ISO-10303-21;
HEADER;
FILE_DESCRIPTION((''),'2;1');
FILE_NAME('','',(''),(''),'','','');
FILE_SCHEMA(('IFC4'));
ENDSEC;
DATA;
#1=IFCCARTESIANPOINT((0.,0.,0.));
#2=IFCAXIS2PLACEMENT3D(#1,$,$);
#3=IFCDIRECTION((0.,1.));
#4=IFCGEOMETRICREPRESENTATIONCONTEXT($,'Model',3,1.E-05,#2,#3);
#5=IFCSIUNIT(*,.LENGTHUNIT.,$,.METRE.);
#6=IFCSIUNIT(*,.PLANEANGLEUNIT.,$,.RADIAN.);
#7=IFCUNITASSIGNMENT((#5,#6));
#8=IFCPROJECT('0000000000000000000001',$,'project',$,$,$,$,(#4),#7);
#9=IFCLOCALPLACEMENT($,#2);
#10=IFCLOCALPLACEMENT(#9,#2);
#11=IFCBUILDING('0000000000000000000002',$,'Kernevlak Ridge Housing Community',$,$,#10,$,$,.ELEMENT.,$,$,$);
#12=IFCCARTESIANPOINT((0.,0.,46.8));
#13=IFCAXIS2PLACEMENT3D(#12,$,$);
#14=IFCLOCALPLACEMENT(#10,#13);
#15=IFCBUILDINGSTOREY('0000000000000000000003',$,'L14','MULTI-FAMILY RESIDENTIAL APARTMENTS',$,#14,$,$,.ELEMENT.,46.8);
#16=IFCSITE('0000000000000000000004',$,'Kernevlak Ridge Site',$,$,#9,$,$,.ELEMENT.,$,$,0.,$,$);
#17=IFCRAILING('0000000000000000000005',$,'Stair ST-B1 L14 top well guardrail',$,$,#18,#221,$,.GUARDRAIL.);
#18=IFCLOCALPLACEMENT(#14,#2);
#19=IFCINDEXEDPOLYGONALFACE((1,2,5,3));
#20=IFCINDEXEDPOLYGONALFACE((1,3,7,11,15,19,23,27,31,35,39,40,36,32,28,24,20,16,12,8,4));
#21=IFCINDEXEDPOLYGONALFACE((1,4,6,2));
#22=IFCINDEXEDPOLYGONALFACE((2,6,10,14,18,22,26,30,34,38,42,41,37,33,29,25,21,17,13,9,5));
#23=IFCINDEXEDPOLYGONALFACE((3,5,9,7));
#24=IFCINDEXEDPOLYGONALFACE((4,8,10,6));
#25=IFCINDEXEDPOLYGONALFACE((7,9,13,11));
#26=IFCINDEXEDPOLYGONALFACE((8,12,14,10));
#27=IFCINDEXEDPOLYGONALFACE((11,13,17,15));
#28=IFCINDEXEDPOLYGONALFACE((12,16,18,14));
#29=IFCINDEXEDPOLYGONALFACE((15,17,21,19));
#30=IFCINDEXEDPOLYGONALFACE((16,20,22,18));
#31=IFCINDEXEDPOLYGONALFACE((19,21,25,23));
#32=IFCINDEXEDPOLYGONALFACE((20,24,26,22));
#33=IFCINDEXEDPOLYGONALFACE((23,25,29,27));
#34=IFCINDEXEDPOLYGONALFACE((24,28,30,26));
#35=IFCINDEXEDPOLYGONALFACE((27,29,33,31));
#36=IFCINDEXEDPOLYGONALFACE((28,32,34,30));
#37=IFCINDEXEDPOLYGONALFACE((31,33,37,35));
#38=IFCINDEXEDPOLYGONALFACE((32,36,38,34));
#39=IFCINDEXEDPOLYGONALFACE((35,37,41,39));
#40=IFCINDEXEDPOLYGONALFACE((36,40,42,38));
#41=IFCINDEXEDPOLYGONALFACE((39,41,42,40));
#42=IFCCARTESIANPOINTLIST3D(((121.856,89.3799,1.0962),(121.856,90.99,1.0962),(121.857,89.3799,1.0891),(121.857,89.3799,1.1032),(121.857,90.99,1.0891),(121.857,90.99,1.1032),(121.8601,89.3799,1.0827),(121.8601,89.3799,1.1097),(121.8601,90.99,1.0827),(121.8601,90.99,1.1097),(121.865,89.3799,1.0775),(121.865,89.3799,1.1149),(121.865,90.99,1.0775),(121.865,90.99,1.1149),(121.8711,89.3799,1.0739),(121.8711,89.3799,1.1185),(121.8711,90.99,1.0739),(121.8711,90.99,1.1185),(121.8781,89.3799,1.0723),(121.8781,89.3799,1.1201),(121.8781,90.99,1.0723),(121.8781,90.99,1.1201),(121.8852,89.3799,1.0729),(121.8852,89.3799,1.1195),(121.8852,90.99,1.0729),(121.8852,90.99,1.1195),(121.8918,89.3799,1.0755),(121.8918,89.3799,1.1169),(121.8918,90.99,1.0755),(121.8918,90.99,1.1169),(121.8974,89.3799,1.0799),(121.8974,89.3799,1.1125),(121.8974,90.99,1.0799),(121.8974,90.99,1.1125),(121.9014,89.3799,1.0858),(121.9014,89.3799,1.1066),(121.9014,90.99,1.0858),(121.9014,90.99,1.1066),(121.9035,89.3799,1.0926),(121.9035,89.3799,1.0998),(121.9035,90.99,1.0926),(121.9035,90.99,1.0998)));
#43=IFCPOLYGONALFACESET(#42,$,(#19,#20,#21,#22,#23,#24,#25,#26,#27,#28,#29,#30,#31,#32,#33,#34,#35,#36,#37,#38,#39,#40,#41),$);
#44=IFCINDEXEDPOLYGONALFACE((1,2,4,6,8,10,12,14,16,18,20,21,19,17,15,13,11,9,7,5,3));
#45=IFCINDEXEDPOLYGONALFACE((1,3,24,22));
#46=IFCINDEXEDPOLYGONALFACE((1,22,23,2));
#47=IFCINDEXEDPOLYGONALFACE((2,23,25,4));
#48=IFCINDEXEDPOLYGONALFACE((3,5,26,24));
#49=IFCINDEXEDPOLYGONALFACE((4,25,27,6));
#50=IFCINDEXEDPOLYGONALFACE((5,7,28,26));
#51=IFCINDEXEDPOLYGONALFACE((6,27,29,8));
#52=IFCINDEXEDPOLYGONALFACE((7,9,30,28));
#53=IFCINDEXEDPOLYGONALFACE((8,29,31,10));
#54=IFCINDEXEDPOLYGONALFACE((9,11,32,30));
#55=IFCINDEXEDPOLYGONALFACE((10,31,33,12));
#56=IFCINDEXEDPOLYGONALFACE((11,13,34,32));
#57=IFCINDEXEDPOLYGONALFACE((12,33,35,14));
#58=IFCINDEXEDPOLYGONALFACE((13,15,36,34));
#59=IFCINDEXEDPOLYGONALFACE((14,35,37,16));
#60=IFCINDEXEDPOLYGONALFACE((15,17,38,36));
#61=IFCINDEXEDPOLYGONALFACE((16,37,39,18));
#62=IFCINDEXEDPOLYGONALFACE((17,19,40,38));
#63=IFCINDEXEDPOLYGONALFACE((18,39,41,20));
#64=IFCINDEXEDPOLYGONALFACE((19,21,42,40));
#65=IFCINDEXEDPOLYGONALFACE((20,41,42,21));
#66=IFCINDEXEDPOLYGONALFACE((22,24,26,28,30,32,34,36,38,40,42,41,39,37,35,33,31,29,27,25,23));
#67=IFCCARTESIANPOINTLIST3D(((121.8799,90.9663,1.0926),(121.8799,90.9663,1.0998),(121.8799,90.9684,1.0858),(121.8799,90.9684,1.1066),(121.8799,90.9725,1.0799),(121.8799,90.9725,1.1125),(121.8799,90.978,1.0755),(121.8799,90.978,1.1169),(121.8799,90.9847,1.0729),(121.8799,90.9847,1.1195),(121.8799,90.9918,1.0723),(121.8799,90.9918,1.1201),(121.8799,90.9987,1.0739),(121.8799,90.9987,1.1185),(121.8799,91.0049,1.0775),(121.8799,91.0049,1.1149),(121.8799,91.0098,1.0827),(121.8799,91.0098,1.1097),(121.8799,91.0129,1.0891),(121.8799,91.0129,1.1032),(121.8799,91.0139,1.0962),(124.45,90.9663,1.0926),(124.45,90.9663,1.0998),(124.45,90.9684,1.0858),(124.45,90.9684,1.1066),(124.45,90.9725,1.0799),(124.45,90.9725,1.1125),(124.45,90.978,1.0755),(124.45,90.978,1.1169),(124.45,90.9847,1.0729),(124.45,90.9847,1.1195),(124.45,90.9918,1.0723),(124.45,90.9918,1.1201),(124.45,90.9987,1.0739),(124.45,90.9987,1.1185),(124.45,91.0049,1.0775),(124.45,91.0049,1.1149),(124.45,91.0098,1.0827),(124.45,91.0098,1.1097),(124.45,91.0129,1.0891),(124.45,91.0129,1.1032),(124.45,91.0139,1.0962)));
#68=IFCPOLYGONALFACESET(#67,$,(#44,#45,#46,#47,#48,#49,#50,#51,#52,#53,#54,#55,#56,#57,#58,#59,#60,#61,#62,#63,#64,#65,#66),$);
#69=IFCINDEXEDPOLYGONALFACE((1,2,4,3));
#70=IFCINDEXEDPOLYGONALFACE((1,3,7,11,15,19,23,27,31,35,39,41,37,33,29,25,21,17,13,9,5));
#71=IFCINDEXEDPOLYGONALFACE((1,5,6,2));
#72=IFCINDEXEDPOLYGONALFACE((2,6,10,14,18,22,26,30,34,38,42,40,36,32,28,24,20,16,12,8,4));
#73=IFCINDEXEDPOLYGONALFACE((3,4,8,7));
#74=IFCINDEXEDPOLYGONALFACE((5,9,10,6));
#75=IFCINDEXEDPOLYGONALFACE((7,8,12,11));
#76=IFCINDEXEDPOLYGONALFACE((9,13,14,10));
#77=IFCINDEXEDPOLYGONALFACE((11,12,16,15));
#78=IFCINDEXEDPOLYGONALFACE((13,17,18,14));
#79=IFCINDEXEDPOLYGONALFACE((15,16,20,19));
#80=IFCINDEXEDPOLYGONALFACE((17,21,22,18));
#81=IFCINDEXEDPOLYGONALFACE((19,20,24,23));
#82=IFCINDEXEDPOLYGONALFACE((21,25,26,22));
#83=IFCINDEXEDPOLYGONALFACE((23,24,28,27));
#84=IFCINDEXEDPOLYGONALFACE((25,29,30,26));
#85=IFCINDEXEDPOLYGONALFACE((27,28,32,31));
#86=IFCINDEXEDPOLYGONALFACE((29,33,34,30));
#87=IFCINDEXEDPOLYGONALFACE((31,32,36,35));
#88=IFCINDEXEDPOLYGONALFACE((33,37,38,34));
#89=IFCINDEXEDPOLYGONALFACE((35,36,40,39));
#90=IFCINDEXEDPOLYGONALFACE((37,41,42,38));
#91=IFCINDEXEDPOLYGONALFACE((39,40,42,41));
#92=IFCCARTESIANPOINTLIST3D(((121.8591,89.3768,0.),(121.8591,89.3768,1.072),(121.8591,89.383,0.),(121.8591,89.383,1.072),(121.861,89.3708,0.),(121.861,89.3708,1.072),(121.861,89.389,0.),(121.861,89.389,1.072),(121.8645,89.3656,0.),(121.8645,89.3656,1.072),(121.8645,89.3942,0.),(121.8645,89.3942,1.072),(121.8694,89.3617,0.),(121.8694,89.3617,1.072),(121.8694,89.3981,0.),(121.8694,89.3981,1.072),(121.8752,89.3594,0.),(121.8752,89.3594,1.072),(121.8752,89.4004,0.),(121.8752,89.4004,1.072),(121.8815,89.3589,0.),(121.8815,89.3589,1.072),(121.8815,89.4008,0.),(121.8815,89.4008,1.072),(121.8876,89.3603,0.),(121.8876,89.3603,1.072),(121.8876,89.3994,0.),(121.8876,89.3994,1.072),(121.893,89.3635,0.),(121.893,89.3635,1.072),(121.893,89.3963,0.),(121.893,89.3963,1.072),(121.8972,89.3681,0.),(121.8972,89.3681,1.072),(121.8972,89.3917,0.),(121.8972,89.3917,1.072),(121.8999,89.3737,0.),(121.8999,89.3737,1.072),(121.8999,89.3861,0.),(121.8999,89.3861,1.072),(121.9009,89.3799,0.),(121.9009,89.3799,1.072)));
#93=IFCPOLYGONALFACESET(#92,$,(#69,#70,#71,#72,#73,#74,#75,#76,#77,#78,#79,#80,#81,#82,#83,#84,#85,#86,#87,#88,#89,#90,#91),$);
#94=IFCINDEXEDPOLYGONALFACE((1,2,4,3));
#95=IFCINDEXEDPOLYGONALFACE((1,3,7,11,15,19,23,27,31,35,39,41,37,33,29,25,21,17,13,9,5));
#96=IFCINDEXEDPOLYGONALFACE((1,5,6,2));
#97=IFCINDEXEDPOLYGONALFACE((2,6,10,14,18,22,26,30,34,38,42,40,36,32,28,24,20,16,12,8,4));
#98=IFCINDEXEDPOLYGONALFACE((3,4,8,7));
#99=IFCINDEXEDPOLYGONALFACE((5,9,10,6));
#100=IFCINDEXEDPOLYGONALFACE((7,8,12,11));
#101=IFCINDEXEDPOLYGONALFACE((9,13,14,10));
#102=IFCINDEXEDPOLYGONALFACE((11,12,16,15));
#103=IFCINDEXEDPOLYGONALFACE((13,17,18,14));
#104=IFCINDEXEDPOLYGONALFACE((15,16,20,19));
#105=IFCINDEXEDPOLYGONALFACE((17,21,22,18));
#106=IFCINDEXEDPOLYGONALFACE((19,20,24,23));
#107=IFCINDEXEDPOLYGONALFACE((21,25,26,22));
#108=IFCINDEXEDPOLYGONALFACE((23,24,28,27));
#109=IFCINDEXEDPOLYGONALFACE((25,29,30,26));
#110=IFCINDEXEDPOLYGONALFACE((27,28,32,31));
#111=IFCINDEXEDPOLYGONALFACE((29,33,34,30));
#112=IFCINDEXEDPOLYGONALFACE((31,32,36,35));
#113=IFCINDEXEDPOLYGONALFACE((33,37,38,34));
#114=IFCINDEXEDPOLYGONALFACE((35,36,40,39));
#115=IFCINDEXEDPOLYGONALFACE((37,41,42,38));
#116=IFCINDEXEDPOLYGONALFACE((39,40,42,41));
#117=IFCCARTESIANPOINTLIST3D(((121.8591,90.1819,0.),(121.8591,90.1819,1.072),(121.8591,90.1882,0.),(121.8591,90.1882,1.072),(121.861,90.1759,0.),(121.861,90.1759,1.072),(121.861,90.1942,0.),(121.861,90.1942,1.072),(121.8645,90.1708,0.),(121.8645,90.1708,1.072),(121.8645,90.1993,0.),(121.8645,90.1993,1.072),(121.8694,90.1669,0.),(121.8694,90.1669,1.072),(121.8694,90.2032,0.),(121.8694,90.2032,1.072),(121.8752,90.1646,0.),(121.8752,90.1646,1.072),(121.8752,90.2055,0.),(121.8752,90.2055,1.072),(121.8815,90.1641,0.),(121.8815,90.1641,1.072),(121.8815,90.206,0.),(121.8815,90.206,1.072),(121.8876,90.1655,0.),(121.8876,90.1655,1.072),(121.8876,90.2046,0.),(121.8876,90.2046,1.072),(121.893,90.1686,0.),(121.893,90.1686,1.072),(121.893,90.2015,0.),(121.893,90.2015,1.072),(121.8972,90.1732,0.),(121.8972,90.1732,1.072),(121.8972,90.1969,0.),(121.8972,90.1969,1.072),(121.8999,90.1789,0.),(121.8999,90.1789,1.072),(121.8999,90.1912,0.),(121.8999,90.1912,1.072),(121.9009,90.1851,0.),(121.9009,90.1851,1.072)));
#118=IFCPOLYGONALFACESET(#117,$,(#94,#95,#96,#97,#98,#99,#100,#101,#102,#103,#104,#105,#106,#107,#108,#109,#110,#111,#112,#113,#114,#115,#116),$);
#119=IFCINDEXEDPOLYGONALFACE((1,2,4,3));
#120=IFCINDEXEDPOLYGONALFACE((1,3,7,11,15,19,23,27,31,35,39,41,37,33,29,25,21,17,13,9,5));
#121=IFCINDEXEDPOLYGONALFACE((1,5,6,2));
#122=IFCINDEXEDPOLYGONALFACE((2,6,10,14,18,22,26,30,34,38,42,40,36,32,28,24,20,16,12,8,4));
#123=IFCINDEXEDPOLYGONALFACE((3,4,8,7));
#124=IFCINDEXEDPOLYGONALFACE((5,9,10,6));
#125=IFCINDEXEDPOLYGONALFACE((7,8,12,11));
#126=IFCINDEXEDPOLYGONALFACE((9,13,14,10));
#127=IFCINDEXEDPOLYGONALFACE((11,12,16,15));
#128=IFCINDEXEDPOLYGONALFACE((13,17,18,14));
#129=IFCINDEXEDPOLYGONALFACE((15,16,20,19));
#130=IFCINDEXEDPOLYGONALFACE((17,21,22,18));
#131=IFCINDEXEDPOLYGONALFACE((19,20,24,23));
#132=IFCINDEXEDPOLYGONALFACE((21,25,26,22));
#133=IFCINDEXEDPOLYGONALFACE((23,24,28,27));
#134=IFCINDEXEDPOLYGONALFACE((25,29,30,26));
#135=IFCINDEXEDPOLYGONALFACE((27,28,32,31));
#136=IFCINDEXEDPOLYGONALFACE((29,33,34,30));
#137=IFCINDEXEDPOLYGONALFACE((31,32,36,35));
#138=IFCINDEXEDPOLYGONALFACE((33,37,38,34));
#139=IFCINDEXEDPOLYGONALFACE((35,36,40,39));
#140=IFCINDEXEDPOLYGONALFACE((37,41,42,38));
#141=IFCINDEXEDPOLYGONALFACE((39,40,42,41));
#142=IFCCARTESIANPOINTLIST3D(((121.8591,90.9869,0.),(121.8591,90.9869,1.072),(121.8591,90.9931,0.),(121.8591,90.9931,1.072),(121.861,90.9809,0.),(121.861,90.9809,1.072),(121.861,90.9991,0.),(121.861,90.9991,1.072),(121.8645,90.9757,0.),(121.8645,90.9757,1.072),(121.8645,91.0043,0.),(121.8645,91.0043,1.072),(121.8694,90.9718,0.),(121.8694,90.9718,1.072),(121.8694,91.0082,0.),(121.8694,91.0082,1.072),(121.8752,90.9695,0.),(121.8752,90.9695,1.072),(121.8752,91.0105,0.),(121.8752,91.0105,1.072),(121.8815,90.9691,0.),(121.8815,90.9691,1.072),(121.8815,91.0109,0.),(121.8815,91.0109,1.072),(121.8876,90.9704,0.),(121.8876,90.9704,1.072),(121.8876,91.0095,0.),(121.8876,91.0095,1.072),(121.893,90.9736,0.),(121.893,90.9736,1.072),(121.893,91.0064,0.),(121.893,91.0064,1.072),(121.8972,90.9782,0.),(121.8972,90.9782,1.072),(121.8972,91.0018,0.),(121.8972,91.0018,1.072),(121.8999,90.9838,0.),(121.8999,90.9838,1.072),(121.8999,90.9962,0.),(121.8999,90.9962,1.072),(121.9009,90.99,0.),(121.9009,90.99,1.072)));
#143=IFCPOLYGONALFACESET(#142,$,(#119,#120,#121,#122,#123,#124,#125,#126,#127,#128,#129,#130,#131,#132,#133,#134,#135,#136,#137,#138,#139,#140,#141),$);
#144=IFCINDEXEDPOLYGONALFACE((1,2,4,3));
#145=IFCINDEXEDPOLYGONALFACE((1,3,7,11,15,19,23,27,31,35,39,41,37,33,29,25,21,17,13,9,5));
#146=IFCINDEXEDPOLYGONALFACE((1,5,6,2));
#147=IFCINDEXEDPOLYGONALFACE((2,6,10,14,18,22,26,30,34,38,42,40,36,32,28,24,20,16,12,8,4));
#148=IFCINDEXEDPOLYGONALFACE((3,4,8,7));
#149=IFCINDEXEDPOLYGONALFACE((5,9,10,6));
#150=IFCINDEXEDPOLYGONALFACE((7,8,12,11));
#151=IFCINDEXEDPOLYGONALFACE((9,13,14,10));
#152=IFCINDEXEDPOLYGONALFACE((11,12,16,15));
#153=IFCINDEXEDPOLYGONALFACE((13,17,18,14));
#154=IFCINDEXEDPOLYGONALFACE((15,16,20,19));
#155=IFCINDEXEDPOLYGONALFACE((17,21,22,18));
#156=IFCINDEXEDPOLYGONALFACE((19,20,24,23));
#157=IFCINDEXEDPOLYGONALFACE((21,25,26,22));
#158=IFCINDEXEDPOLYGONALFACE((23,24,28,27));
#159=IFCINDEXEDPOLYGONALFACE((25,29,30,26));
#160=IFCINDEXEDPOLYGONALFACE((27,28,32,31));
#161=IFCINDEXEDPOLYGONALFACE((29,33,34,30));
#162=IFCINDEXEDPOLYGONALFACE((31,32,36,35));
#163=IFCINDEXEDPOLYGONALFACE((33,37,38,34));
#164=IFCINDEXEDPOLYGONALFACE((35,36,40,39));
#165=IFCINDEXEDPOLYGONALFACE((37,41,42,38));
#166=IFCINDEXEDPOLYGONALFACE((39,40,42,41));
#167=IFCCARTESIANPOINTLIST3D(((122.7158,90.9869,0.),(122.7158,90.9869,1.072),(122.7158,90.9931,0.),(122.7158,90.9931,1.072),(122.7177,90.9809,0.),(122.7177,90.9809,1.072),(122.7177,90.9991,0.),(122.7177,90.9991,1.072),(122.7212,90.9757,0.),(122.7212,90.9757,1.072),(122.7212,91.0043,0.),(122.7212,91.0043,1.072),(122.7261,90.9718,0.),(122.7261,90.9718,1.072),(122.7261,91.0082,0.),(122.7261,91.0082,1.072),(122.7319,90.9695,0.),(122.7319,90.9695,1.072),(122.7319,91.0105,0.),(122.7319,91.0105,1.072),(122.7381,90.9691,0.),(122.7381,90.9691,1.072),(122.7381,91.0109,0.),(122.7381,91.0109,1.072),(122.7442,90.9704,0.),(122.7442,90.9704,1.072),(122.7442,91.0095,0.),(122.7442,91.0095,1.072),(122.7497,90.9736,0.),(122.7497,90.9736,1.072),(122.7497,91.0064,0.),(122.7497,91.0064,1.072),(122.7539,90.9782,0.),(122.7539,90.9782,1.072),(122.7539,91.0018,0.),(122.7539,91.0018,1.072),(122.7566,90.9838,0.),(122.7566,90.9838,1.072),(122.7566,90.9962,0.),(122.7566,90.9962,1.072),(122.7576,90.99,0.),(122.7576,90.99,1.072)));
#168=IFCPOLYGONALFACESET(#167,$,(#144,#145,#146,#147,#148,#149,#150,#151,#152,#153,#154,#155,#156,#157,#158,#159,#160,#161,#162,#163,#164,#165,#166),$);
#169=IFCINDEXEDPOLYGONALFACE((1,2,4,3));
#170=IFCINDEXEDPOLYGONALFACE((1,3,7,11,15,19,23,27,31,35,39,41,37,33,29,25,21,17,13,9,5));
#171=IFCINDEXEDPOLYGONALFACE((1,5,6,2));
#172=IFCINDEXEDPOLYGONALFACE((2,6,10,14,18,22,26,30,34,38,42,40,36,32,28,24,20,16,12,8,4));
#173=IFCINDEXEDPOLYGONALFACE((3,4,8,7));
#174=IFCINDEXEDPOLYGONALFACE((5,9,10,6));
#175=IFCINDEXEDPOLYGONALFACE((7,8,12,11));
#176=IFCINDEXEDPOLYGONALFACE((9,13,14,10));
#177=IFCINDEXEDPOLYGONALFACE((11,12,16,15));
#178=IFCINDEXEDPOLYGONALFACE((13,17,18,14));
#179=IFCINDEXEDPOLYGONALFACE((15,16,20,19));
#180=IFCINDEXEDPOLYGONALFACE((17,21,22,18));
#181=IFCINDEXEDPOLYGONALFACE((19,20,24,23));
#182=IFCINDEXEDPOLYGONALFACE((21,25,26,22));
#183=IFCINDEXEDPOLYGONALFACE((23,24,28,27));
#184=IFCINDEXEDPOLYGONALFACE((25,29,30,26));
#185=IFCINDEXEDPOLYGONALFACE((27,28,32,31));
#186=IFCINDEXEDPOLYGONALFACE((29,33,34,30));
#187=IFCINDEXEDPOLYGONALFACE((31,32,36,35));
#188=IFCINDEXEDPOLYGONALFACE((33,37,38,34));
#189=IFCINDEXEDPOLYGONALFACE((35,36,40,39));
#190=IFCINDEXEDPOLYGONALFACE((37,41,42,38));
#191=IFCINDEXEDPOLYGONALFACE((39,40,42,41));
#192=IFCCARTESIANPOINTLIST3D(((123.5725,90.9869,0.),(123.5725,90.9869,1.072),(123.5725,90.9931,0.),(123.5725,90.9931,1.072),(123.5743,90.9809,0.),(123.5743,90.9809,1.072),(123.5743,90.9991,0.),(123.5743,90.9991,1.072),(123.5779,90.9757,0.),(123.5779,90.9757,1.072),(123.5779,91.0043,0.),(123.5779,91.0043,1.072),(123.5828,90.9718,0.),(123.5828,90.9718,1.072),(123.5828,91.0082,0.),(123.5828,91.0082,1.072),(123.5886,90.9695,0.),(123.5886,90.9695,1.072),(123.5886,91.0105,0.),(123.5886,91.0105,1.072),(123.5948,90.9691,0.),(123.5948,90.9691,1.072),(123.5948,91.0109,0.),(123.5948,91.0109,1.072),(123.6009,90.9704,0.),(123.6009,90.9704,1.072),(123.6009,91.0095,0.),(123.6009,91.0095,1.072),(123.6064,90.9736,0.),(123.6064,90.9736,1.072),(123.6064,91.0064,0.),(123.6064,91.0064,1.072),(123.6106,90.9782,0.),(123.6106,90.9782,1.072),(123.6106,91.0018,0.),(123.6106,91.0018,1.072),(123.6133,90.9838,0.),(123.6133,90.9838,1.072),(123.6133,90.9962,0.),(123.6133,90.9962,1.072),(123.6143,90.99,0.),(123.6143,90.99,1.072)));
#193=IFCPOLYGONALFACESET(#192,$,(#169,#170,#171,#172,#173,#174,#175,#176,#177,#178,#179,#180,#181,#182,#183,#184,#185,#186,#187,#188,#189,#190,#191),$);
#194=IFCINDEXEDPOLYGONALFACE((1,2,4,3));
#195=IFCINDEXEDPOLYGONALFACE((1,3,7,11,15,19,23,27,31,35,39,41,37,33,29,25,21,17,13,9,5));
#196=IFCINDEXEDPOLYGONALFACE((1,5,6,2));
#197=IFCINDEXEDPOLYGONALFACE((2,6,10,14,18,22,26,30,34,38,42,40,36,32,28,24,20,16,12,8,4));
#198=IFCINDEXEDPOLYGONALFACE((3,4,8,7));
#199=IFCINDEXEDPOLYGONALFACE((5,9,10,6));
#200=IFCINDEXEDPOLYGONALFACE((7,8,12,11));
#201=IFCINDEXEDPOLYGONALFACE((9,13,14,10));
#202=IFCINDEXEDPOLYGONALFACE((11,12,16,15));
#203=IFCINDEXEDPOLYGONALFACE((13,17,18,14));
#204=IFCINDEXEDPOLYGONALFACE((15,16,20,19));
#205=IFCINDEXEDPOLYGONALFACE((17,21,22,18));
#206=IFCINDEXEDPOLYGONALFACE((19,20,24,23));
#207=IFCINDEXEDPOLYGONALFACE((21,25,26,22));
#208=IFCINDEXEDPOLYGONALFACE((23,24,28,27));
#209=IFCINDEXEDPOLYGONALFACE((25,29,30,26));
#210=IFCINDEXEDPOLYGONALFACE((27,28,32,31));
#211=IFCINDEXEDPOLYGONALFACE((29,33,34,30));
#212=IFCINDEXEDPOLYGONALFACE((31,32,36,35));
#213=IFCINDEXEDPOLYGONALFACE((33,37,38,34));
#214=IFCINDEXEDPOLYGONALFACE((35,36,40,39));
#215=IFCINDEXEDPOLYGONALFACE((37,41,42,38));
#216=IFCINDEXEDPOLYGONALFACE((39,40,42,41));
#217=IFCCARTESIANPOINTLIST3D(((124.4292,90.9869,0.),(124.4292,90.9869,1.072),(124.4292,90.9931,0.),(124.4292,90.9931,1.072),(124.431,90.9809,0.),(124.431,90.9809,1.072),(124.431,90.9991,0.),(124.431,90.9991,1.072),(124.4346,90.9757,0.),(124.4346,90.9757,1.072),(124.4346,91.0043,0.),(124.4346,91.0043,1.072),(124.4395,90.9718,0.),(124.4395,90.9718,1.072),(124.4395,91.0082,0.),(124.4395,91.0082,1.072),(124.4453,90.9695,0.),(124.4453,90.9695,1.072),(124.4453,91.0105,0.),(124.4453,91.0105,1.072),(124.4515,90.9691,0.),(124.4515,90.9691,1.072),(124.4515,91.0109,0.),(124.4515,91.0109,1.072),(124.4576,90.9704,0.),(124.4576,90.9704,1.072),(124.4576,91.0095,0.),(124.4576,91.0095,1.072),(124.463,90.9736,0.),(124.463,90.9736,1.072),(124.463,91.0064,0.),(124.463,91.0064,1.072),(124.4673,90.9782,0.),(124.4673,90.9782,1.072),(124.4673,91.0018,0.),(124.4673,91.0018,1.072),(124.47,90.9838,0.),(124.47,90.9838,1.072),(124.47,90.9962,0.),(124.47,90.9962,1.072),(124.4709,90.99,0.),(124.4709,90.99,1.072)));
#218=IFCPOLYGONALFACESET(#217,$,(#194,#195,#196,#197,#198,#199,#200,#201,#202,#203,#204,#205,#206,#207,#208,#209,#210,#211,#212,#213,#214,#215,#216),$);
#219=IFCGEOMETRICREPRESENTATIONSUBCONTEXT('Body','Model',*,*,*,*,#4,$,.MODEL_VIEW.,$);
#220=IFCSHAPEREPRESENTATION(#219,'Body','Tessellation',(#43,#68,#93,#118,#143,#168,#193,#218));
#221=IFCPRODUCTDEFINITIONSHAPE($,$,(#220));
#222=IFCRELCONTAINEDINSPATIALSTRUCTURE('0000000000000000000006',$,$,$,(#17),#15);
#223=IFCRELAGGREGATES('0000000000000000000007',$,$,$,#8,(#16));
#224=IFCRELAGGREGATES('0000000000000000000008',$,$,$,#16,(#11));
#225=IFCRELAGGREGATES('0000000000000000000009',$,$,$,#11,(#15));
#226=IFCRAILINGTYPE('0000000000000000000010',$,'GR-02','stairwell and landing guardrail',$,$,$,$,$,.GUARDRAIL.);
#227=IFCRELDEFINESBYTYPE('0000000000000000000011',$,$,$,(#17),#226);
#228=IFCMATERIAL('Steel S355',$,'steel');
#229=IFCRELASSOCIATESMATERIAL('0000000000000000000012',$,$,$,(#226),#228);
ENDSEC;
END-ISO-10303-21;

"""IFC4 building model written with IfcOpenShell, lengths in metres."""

from ifc_helpers import new_model, si_unit, direction, frame, origin, origin_2d, place, context, subcontext, project, spatial, circle, extrude, material, type_object, element, save


model = new_model("IFC4")

# Units and contexts
model_context = context("Model", 3, precision=1e-05, world=origin(), true_north=direction((0.0, 1.0)))
body_context = subcontext(model_context, "Body", "Model", "MODEL_VIEW")
ifc_project = project(units=[si_unit("LENGTHUNIT", "METRE"), si_unit("PLANEANGLEUNIT", "RADIAN")], contexts=[model_context])

# Site, building, storey
site_placement = place(None, origin())
site = spatial("IfcSite", under=ifc_project, at=site_placement, Name="Kernevlak Ridge Site", CompositionType="ELEMENT", RefElevation=0.0)
building_placement = place(site_placement, origin())
building = spatial("IfcBuilding", under=site, at=building_placement, Name="Kernevlak Ridge Housing Community", CompositionType="ELEMENT")
storey_placement = place(building_placement, frame((0.0, 0.0, 46.8)))
storey = spatial("IfcBuildingStorey", under=building, at=storey_placement, Name="L14", Description="MULTI-FAMILY RESIDENTIAL APARTMENTS", CompositionType="ELEMENT", Elevation=46.8)

# Railing
ifc_material_1 = material(Name="Steel S355", Category="steel")
railing_type = type_object("IfcRailingType", Name="GR-02", Description="stairwell and landing guardrail", PredefinedType="GUARDRAIL", material=ifc_material_1)
railing_placement = place(storey_placement, frame((121.8799, 89.3799, 0.0)))
element("IfcRailing", 1, at=railing_placement, inside=storey, type_object=railing_type, Name="Stair ST-B1 L14 top well guardrail", PredefinedType="GUARDRAIL", context=body_context, shape_type="SweptSolid", body=[
    extrude(circle(Radius=0.0239, at=origin_2d()), frame((0.0, 0.0, 1.0962), z_axis=(0.0, 1.0, 0.0), x_axis=(-1.0, 0.0, 0.0)), (0.0, 0.0, 1.0), 1.6101),
    extrude(circle(Radius=0.0239, at=origin_2d()), frame((0.0, 1.6101, 1.0962), z_axis=(1.0, 0.0, 0.0), x_axis=(0.0, 1.0, 0.0)), (0.0, 0.0, 1.0), 2.5701),
    extrude(circle(Radius=0.021, at=origin_2d()), origin(), (0.0, 0.0, 1.0), 1.072),
    extrude(circle(Radius=0.021, at=origin_2d()), frame((0.0, 0.8052, 0.0)), (0.0, 0.0, 1.0), 1.072),
    extrude(circle(Radius=0.021, at=origin_2d()), frame((0.0, 1.6101, 0.0)), (0.0, 0.0, 1.0), 1.072),
    extrude(circle(Radius=0.021, at=origin_2d()), frame((0.8567, 1.6101, 0.0)), (0.0, 0.0, 1.0), 1.072),
    extrude(circle(Radius=0.021, at=origin_2d()), frame((1.7134, 1.6101, 0.0)), (0.0, 0.0, 1.0), 1.072),
    extrude(circle(Radius=0.021, at=origin_2d()), frame((2.5701, 1.6101, 0.0)), (0.0, 0.0, 1.0), 1.072),
])

save(model, "model.ifc")
